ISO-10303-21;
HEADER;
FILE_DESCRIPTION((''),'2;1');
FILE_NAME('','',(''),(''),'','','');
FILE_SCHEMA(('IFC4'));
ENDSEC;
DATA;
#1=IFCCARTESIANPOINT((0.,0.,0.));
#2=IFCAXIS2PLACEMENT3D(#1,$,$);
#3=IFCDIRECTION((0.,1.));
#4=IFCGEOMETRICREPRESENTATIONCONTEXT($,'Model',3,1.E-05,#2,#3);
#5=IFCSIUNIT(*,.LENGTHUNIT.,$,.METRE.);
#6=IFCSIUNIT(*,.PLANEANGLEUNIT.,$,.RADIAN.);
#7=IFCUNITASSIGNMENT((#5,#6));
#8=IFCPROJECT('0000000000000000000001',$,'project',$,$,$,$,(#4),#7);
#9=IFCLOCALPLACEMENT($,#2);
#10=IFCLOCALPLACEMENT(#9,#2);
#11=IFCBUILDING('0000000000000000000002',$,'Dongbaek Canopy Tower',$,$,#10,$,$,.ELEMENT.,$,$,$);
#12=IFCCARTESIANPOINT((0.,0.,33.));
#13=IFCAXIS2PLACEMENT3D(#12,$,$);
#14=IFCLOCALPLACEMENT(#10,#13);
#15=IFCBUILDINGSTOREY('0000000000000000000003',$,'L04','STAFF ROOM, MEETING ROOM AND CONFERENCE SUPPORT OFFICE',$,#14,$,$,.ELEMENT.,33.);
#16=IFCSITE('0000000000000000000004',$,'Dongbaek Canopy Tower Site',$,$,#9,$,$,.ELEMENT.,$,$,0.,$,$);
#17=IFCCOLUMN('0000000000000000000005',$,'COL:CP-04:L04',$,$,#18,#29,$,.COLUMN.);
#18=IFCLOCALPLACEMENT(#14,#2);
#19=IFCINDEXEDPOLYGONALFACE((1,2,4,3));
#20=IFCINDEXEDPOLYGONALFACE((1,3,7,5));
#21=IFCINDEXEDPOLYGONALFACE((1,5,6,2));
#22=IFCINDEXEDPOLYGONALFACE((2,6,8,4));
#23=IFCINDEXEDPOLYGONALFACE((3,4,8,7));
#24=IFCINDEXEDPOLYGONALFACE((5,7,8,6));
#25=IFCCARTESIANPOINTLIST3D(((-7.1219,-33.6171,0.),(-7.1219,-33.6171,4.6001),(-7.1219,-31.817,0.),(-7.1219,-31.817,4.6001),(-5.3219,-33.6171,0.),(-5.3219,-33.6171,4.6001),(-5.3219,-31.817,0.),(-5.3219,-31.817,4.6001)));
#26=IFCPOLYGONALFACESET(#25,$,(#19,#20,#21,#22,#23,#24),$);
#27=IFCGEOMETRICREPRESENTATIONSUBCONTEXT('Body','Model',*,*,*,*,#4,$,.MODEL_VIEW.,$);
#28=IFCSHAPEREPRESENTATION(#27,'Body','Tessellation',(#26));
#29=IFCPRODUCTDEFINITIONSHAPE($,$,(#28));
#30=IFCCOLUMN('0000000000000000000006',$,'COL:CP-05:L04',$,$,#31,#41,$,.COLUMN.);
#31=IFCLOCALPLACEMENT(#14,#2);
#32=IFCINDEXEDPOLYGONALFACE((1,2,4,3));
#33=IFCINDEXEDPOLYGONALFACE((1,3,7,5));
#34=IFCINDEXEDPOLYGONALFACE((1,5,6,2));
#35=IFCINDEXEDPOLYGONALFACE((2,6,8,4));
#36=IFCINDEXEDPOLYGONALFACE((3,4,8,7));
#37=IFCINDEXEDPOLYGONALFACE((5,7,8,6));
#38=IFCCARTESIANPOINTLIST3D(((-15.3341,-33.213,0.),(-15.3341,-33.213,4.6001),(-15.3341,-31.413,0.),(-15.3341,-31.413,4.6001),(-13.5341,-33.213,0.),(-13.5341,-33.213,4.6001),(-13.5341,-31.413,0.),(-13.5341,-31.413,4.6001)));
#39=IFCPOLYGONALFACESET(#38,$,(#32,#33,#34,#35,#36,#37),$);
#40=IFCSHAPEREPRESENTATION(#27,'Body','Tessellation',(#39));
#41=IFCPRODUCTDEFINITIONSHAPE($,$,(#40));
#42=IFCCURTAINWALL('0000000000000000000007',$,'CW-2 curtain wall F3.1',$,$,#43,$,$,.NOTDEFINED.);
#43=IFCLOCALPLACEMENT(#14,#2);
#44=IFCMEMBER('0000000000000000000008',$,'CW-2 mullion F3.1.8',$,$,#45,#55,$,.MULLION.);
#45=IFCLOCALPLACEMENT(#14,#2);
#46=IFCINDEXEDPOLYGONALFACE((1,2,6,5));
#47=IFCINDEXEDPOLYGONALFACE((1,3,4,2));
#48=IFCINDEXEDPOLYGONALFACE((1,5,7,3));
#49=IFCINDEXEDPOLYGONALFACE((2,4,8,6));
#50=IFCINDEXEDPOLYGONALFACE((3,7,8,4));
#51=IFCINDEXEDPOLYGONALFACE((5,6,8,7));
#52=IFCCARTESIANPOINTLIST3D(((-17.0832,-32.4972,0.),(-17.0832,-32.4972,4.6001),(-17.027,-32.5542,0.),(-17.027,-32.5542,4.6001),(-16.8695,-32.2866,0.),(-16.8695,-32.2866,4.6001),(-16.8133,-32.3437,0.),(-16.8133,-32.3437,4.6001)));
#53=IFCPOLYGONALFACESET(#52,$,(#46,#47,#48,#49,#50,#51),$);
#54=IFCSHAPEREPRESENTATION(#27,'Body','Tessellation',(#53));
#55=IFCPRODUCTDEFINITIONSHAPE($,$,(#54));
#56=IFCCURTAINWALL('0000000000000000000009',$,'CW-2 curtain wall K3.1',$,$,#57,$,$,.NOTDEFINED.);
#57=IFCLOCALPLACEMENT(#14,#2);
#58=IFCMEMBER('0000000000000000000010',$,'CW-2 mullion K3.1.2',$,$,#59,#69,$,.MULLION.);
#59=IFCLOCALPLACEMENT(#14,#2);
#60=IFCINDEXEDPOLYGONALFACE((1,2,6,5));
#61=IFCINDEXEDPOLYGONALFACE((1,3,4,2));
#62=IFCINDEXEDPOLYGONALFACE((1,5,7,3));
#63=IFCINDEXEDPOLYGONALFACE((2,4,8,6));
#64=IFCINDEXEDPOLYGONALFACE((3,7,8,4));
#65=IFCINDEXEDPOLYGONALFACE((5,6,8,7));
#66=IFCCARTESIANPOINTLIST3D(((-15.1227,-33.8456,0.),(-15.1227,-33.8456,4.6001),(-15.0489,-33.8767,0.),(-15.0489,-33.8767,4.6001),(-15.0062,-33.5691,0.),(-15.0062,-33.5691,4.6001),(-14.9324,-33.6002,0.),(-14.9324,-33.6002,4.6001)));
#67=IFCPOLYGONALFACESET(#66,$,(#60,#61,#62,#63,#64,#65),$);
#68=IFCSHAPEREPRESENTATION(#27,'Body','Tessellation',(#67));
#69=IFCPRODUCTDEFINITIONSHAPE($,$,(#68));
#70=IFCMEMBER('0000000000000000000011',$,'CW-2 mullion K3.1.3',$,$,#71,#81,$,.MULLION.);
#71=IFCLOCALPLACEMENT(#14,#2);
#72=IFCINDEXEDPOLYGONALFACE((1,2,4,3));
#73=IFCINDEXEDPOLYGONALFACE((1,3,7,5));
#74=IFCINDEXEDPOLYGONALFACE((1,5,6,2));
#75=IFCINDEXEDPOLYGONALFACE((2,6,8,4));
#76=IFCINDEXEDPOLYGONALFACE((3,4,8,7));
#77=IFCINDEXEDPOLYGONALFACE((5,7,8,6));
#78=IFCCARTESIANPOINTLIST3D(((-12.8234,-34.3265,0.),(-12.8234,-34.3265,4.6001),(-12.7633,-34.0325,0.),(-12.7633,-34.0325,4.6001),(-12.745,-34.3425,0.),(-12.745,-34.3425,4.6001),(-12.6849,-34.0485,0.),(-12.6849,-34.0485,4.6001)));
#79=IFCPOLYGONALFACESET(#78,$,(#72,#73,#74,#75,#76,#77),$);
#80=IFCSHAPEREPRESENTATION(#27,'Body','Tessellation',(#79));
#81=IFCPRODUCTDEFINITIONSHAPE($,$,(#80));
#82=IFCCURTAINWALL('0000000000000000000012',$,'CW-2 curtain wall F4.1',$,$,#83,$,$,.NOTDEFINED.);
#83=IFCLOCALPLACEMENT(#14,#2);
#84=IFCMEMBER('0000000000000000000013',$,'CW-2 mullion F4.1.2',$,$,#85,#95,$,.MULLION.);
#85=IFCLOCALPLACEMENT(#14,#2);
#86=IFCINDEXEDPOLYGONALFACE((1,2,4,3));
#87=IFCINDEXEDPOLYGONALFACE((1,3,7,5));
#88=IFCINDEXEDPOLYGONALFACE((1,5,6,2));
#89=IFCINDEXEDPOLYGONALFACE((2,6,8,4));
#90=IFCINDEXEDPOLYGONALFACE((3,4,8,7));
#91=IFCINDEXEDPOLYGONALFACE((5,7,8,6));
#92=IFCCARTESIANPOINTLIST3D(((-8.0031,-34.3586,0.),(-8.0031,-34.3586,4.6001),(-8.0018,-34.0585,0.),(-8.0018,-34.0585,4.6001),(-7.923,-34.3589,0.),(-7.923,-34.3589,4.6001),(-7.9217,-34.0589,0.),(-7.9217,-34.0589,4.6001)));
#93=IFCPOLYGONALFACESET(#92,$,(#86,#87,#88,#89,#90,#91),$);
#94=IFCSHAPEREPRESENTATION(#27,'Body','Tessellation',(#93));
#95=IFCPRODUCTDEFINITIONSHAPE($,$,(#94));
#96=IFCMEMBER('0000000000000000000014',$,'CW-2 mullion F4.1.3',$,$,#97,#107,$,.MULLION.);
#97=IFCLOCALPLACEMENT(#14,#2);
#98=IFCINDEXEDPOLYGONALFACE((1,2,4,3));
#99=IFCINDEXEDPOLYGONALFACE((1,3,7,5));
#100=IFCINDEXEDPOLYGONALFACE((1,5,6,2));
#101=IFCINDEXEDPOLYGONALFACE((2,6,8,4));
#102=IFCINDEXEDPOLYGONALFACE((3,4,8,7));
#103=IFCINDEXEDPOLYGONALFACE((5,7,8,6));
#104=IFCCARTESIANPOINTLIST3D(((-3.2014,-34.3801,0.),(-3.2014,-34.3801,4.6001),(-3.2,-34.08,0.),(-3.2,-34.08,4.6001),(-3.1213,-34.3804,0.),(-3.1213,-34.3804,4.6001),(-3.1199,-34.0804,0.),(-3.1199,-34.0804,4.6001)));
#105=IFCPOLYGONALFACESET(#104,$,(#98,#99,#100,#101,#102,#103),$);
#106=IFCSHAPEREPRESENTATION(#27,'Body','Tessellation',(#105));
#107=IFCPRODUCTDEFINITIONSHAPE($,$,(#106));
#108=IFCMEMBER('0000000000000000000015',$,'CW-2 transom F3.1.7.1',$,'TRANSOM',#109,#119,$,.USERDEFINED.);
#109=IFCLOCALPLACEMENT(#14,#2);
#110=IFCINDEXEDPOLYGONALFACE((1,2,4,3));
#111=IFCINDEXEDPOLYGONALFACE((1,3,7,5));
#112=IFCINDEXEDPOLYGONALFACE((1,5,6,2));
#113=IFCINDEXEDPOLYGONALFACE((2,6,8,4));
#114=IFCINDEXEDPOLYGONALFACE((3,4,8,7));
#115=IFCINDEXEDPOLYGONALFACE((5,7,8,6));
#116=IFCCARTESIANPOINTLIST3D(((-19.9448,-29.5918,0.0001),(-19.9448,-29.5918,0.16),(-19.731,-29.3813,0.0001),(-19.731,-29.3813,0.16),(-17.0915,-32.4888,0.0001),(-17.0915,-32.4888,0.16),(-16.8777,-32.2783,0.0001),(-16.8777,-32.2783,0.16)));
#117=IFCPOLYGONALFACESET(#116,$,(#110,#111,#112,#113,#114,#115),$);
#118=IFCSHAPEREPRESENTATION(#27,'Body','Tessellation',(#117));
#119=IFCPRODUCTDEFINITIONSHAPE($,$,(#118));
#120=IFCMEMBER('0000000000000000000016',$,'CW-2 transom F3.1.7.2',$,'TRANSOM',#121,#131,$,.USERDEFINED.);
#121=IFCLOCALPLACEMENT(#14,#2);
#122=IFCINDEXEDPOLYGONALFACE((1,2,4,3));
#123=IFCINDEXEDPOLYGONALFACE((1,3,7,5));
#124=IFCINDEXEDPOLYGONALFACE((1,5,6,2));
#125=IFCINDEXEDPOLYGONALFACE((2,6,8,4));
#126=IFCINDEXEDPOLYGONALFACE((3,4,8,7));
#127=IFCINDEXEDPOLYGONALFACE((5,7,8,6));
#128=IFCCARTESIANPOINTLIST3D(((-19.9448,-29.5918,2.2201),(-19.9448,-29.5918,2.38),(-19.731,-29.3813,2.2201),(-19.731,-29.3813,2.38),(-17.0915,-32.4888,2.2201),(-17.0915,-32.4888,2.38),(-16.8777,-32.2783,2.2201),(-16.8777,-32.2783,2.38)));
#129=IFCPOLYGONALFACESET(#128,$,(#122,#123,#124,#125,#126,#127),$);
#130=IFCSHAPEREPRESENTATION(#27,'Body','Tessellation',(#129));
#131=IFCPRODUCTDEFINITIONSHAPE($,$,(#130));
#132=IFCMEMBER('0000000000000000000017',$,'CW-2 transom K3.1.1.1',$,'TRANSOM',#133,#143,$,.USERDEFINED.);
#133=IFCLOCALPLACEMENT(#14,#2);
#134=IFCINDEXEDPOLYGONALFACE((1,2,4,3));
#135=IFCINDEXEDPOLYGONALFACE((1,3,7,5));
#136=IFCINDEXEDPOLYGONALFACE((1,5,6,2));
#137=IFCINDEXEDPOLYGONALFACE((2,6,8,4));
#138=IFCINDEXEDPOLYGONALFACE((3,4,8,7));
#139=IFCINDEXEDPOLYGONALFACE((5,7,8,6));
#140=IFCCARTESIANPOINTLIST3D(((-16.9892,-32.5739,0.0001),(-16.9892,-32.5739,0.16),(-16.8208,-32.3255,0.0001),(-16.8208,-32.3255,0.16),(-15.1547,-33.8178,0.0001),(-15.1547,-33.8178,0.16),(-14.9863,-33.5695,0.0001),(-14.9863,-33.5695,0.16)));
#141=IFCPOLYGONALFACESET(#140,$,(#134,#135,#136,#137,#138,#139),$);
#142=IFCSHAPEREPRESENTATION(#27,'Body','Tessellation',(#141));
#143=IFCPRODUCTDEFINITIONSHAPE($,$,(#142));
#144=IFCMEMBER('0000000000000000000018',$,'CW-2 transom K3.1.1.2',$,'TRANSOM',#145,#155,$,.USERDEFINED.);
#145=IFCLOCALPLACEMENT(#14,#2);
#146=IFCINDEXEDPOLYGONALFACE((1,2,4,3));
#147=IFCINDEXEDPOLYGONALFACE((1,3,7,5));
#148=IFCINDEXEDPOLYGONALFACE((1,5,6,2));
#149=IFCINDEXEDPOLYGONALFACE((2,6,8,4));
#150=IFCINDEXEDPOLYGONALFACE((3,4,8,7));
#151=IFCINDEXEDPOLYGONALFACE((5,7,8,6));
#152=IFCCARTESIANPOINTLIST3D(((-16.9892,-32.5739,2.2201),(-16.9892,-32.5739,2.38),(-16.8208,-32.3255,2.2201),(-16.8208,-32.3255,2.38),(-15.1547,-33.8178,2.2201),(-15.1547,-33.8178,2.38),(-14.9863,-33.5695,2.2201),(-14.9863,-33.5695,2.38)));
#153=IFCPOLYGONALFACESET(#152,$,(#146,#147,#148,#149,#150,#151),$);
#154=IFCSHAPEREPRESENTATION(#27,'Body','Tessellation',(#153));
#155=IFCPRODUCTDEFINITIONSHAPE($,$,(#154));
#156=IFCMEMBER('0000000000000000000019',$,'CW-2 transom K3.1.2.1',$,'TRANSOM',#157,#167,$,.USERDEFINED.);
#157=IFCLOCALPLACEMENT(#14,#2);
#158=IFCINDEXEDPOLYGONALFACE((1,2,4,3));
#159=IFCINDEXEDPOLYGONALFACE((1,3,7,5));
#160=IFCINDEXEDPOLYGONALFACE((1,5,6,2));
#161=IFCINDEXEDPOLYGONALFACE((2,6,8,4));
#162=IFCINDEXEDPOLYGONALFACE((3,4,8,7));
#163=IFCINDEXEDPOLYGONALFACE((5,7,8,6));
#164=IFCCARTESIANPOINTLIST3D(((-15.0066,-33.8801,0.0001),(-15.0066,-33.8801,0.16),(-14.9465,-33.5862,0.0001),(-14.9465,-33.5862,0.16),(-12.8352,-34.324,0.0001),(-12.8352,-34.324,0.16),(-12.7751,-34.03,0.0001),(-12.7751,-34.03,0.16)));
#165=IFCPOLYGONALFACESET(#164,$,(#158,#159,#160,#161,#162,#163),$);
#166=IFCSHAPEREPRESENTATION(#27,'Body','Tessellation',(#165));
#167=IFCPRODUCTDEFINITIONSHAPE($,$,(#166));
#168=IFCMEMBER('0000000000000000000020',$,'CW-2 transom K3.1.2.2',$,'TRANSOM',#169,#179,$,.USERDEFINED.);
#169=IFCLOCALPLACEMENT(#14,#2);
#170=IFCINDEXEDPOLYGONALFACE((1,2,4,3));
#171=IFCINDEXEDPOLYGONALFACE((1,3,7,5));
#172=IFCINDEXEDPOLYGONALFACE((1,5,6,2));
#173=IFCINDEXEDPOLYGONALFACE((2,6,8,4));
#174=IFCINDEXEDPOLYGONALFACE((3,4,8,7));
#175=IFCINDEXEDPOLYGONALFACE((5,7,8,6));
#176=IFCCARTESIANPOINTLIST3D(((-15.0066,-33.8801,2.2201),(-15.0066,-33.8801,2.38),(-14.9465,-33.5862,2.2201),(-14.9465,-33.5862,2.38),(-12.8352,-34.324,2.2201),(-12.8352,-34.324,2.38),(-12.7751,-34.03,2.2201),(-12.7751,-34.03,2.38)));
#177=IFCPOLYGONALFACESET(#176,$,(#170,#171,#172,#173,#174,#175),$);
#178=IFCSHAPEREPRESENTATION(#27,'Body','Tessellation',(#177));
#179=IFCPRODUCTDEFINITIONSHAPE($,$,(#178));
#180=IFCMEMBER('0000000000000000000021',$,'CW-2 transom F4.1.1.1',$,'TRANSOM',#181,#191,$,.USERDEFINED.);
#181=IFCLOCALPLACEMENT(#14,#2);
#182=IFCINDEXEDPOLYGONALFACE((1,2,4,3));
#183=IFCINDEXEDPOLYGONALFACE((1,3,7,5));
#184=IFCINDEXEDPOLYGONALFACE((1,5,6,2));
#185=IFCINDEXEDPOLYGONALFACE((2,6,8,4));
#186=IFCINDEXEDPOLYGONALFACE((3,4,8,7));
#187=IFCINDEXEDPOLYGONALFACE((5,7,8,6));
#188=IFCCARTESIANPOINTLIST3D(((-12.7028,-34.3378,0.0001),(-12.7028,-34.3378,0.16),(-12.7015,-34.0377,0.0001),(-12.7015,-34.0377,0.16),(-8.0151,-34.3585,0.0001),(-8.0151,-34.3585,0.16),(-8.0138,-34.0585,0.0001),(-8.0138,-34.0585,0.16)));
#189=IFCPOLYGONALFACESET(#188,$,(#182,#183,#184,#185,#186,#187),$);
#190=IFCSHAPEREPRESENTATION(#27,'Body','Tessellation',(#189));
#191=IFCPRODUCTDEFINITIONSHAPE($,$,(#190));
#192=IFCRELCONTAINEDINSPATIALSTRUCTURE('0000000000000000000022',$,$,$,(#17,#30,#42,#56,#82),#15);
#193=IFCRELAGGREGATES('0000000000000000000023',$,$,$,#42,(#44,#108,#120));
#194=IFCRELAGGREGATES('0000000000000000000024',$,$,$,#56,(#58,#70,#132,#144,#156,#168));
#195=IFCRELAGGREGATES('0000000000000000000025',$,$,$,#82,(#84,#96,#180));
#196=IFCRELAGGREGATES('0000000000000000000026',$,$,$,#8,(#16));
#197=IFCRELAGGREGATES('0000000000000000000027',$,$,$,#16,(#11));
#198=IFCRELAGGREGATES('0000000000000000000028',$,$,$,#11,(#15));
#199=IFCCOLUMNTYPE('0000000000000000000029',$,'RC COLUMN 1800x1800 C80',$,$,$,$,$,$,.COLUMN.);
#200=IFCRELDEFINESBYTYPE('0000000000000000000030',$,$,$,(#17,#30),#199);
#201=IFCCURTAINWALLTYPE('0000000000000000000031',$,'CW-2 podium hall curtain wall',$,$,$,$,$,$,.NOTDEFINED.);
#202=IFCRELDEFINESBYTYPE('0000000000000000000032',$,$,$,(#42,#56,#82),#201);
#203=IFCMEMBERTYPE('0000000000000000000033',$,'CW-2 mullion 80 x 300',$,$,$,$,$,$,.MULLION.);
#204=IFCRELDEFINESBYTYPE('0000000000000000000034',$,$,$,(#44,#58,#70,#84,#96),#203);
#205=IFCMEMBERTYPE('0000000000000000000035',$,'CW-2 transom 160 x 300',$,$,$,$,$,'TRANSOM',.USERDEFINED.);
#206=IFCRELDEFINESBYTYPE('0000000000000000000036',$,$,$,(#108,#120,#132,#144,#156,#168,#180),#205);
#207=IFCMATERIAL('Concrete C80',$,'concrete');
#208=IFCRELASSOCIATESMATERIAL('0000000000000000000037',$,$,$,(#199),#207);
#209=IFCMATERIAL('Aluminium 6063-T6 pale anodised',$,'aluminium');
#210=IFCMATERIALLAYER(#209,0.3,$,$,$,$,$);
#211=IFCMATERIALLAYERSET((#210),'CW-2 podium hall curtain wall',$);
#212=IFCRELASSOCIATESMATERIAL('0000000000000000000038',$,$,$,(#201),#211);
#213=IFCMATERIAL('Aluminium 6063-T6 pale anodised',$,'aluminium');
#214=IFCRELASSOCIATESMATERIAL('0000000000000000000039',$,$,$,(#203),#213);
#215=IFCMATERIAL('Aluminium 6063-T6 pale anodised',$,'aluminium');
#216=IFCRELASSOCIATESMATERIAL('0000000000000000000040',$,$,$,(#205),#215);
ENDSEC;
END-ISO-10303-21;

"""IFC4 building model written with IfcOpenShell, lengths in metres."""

from ifc_helpers import new_model, si_unit, direction, frame, origin, origin_2d, place, context, subcontext, project, spatial, rectangle, extrude, material, layer, layer_set, material_profile, profile_set, type_object, element, aggregate, save


model = new_model("IFC4")

# Units and contexts
model_context = context("Model", 3, precision=1e-05, world=origin(), true_north=direction((0.0, 1.0)))
body_context = subcontext(model_context, "Body", "Model", "MODEL_VIEW")
ifc_project = project(units=[si_unit("LENGTHUNIT", "METRE"), si_unit("PLANEANGLEUNIT", "RADIAN")], contexts=[model_context])

# Site, building, storey
site_placement = place(None, origin())
site = spatial("IfcSite", under=ifc_project, at=site_placement, Name="Dongbaek Canopy Tower Site", CompositionType="ELEMENT", RefElevation=0.0)
building_placement = place(site_placement, origin())
building = spatial("IfcBuilding", under=site, at=building_placement, Name="Dongbaek Canopy Tower", CompositionType="ELEMENT")
storey_placement = place(building_placement, frame((0.0, 0.0, 33.0)))
storey = spatial("IfcBuildingStorey", under=building, at=storey_placement, Name="L04", Description="STAFF ROOM, MEETING ROOM AND CONFERENCE SUPPORT OFFICE", CompositionType="ELEMENT", Elevation=33.0)

# Columns
ifc_material_1 = material(Name="Concrete C80", Category="concrete")
ifc_material_profile_1 = material_profile(ifc_material_1, rectangle(XDim=1.8, YDim=1.8, at=origin_2d()), Name="RC COLUMN 1800x1800 C80")
ifc_profile_set_1 = profile_set([ifc_material_profile_1], Name="Concrete C80")
column_type = type_object("IfcColumnType", Name="RC COLUMN 1800x1800 C80", PredefinedType="COLUMN", material=ifc_profile_set_1)
for number, where, z_axis, x_axis, name in (
    (1, (-6.2219, -32.717, 0.0), (0.0, 0.0, 1.0), (1.0, 0.0, 0.0), "COL:CP-04:L04"),
    (2, (-14.4341, -32.313, 0.0), (0.0, 0.0, 1.0), (1.0, 0.0, 0.0), "COL:CP-05:L04"),
):
    element("IfcColumn", number, at=place(storey_placement, frame(where, z_axis=z_axis, x_axis=x_axis)), inside=storey, type_object=column_type, Name=name, PredefinedType="COLUMN", context=body_context, shape_type="SweptSolid", body=[
        extrude(rectangle(XDim=1.8, YDim=1.8, at=origin_2d()), origin(), (0.0, 0.0, 1.0), 4.6001),
    ])

# Curtain wall, member
ifc_material_2 = material(Name="Aluminium 6063-T6 pale anodised", Category="aluminium")
ifc_layer_1 = layer(ifc_material_2, 0.3)
ifc_layer_set_1 = layer_set([ifc_layer_1], Name="CW-2 podium hall curtain wall")
curtain_wall_type = type_object("IfcCurtainWallType", Name="CW-2 podium hall curtain wall", PredefinedType="NOTDEFINED", material=ifc_layer_set_1)
curtain_wall_1_placement = place(storey_placement, origin())
curtain_wall_1 = element("IfcCurtainWall", 3, at=curtain_wall_1_placement, inside=storey, type_object=curtain_wall_type, Name="CW-2 curtain wall F3.1", PredefinedType="NOTDEFINED")
ifc_material_3 = material(Name="Aluminium 6063-T6 pale anodised", Category="aluminium")
ifc_material_profile_2 = material_profile(ifc_material_3, rectangle(XDim=0.3, YDim=0.0801, at=origin_2d()), Name="CW-2 mullion 80 x 300")
ifc_profile_set_2 = profile_set([ifc_material_profile_2], Name="Aluminium 6063-T6 pale anodised")
member_type_1 = type_object("IfcMemberType", Name="CW-2 mullion 80 x 300", PredefinedType="MULLION", material=ifc_profile_set_2)
member_1_placement = place(storey_placement, frame((-16.9482, -32.4204, 0.0), z_axis=(0.0, 0.0, 1.0), x_axis=(-0.712455, -0.701718, 0.0)))
member_1 = element("IfcMember", 4, at=member_1_placement, type_object=member_type_1, Name="CW-2 mullion F3.1.8", PredefinedType="MULLION", context=body_context, shape_type="SweptSolid", body=[
    extrude(rectangle(XDim=0.3, YDim=0.0801, at=origin_2d()), origin(), (0.0, 0.0, 1.0), 4.6001),
])

# Curtain walls, members
curtain_wall_2_placement = place(storey_placement, origin())
curtain_wall_2 = element("IfcCurtainWall", 5, at=curtain_wall_2_placement, inside=storey, type_object=curtain_wall_type, Name="CW-2 curtain wall K3.1", PredefinedType="NOTDEFINED")
member_2_placement = place(storey_placement, frame((-15.0276, -33.7229, 0.0), z_axis=(0.0, 0.0, 1.0), x_axis=(-0.388246, -0.921556, 0.0)))
member_2 = element("IfcMember", 6, at=member_2_placement, type_object=member_type_1, Name="CW-2 mullion K3.1.2", PredefinedType="MULLION", context=body_context, shape_type="SweptSolid", body=[
    extrude(rectangle(XDim=0.3, YDim=0.0801, at=origin_2d()), origin(), (0.0, 0.0, 1.0), 4.6001),
])
member_3_placement = place(storey_placement, frame((-12.7542, -34.1875, 0.0), z_axis=(0.0, 0.0, 1.0), x_axis=(-0.200234, -0.979748, 0.0)))
member_3 = element("IfcMember", 7, at=member_3_placement, type_object=member_type_1, Name="CW-2 mullion K3.1.3", PredefinedType="MULLION", context=body_context, shape_type="SweptSolid", body=[
    extrude(rectangle(XDim=0.3, YDim=0.0801, at=origin_2d()), origin(), (0.0, 0.0, 1.0), 4.6001),
])
curtain_wall_3_placement = place(storey_placement, origin())
curtain_wall_3 = element("IfcCurtainWall", 8, at=curtain_wall_3_placement, inside=storey, type_object=curtain_wall_type, Name="CW-2 curtain wall F4.1", PredefinedType="NOTDEFINED")
member_4_placement = place(storey_placement, frame((-7.9624, -34.2087, 0.0), z_axis=(0.0, 0.0, 1.0), x_axis=(-0.004466, -0.99999, 0.0)))
member_4 = element("IfcMember", 9, at=member_4_placement, type_object=member_type_1, Name="CW-2 mullion F4.1.2", PredefinedType="MULLION", context=body_context, shape_type="SweptSolid", body=[
    extrude(rectangle(XDim=0.3, YDim=0.0801, at=origin_2d()), origin(), (0.0, 0.0, 1.0), 4.6001),
])
member_5_placement = place(storey_placement, frame((-3.1606, -34.2302, 0.0), z_axis=(0.0, 0.0, 1.0), x_axis=(-0.004466, -0.99999, 0.0)))
member_5 = element("IfcMember", 10, at=member_5_placement, type_object=member_type_1, Name="CW-2 mullion F4.1.3", PredefinedType="MULLION", context=body_context, shape_type="SweptSolid", body=[
    extrude(rectangle(XDim=0.3, YDim=0.0801, at=origin_2d()), origin(), (0.0, 0.0, 1.0), 4.6001),
])

# Members
ifc_material_4 = material(Name="Aluminium 6063-T6 pale anodised", Category="aluminium")
ifc_material_profile_3 = material_profile(ifc_material_4, rectangle(XDim=0.3, YDim=0.1599, at=origin_2d()), Name="CW-2 transom 160 x 300")
ifc_profile_set_3 = profile_set([ifc_material_profile_3], Name="Aluminium 6063-T6 pale anodised")
member_type_2 = type_object("IfcMemberType", Name="CW-2 transom 160 x 300", ElementType="TRANSOM", PredefinedType="USERDEFINED", material=ifc_profile_set_3)
member_6_placement = place(storey_placement, frame((-19.8379, -29.4866, 0.0801), z_axis=(0.701713, -0.71246, 0.0), x_axis=(0.71246, 0.701713, 0.0)))
member_6 = element("IfcMember", 11, at=member_6_placement, type_object=member_type_2, Name="CW-2 transom F3.1.7.1", ObjectType="TRANSOM", PredefinedType="USERDEFINED", context=body_context, shape_type="SweptSolid", body=[
    extrude(rectangle(XDim=0.3, YDim=0.1599, at=origin_2d()), origin(), (0.0, 0.0, 1.0), 4.0662),
])
member_7_placement = place(storey_placement, frame((-19.8379, -29.4866, 2.3), z_axis=(0.701713, -0.71246, 0.0), x_axis=(0.71246, 0.701713, 0.0)))
member_7 = element("IfcMember", 12, at=member_7_placement, type_object=member_type_2, Name="CW-2 transom F3.1.7.2", ObjectType="TRANSOM", PredefinedType="USERDEFINED", context=body_context, shape_type="SweptSolid", body=[
    extrude(rectangle(XDim=0.3, YDim=0.1599, at=origin_2d()), origin(), (0.0, 0.0, 1.0), 4.0662),
])
member_8_placement = place(storey_placement, frame((-16.905, -32.4497, 0.0801), z_axis=(0.827669, -0.561216, 0.0), x_axis=(0.561216, 0.827669, 0.0)))
member_8 = element("IfcMember", 13, at=member_8_placement, type_object=member_type_2, Name="CW-2 transom K3.1.1.1", ObjectType="TRANSOM", PredefinedType="USERDEFINED", context=body_context, shape_type="SweptSolid", body=[
    extrude(rectangle(XDim=0.3, YDim=0.1599, at=origin_2d()), origin(), (0.0, 0.0, 1.0), 2.2166),
])
member_9_placement = place(storey_placement, frame((-16.905, -32.4497, 2.3), z_axis=(0.827669, -0.561216, 0.0), x_axis=(0.561216, 0.827669, 0.0)))
member_9 = element("IfcMember", 14, at=member_9_placement, type_object=member_type_2, Name="CW-2 transom K3.1.1.2", ObjectType="TRANSOM", PredefinedType="USERDEFINED", context=body_context, shape_type="SweptSolid", body=[
    extrude(rectangle(XDim=0.3, YDim=0.1599, at=origin_2d()), origin(), (0.0, 0.0, 1.0), 2.2166),
])
member_10_placement = place(storey_placement, frame((-14.9766, -33.7332, 0.0801), z_axis=(0.979741, -0.200266, 0.0), x_axis=(0.200266, 0.979741, 0.0)))
member_10 = element("IfcMember", 15, at=member_10_placement, type_object=member_type_2, Name="CW-2 transom K3.1.2.1", ObjectType="TRANSOM", PredefinedType="USERDEFINED", context=body_context, shape_type="SweptSolid", body=[
    extrude(rectangle(XDim=0.3, YDim=0.1599, at=origin_2d()), origin(), (0.0, 0.0, 1.0), 2.2163),
])
member_11_placement = place(storey_placement, frame((-14.9766, -33.7332, 2.3), z_axis=(0.979741, -0.200266, 0.0), x_axis=(0.200266, 0.979741, 0.0)))
member_11 = element("IfcMember", 16, at=member_11_placement, type_object=member_type_2, Name="CW-2 transom K3.1.2.2", ObjectType="TRANSOM", PredefinedType="USERDEFINED", context=body_context, shape_type="SweptSolid", body=[
    extrude(rectangle(XDim=0.3, YDim=0.1599, at=origin_2d()), origin(), (0.0, 0.0, 1.0), 2.2163),
])
member_12_placement = place(storey_placement, frame((-12.7021, -34.1877, 0.0801), z_axis=(0.99999, -0.004427, 0.0), x_axis=(0.004427, 0.99999, 0.0)))
member_12 = element("IfcMember", 17, at=member_12_placement, type_object=member_type_2, Name="CW-2 transom F4.1.1.1", ObjectType="TRANSOM", PredefinedType="USERDEFINED", context=body_context, shape_type="SweptSolid", body=[
    extrude(rectangle(XDim=0.3, YDim=0.1599, at=origin_2d()), origin(), (0.0, 0.0, 1.0), 4.6877),
])

aggregate(curtain_wall_1, [member_1, member_6, member_7])
aggregate(curtain_wall_2, [member_2, member_3, member_8, member_9, member_10, member_11])
aggregate(curtain_wall_3, [member_4, member_5, member_12])

save(model, "model.ifc")
